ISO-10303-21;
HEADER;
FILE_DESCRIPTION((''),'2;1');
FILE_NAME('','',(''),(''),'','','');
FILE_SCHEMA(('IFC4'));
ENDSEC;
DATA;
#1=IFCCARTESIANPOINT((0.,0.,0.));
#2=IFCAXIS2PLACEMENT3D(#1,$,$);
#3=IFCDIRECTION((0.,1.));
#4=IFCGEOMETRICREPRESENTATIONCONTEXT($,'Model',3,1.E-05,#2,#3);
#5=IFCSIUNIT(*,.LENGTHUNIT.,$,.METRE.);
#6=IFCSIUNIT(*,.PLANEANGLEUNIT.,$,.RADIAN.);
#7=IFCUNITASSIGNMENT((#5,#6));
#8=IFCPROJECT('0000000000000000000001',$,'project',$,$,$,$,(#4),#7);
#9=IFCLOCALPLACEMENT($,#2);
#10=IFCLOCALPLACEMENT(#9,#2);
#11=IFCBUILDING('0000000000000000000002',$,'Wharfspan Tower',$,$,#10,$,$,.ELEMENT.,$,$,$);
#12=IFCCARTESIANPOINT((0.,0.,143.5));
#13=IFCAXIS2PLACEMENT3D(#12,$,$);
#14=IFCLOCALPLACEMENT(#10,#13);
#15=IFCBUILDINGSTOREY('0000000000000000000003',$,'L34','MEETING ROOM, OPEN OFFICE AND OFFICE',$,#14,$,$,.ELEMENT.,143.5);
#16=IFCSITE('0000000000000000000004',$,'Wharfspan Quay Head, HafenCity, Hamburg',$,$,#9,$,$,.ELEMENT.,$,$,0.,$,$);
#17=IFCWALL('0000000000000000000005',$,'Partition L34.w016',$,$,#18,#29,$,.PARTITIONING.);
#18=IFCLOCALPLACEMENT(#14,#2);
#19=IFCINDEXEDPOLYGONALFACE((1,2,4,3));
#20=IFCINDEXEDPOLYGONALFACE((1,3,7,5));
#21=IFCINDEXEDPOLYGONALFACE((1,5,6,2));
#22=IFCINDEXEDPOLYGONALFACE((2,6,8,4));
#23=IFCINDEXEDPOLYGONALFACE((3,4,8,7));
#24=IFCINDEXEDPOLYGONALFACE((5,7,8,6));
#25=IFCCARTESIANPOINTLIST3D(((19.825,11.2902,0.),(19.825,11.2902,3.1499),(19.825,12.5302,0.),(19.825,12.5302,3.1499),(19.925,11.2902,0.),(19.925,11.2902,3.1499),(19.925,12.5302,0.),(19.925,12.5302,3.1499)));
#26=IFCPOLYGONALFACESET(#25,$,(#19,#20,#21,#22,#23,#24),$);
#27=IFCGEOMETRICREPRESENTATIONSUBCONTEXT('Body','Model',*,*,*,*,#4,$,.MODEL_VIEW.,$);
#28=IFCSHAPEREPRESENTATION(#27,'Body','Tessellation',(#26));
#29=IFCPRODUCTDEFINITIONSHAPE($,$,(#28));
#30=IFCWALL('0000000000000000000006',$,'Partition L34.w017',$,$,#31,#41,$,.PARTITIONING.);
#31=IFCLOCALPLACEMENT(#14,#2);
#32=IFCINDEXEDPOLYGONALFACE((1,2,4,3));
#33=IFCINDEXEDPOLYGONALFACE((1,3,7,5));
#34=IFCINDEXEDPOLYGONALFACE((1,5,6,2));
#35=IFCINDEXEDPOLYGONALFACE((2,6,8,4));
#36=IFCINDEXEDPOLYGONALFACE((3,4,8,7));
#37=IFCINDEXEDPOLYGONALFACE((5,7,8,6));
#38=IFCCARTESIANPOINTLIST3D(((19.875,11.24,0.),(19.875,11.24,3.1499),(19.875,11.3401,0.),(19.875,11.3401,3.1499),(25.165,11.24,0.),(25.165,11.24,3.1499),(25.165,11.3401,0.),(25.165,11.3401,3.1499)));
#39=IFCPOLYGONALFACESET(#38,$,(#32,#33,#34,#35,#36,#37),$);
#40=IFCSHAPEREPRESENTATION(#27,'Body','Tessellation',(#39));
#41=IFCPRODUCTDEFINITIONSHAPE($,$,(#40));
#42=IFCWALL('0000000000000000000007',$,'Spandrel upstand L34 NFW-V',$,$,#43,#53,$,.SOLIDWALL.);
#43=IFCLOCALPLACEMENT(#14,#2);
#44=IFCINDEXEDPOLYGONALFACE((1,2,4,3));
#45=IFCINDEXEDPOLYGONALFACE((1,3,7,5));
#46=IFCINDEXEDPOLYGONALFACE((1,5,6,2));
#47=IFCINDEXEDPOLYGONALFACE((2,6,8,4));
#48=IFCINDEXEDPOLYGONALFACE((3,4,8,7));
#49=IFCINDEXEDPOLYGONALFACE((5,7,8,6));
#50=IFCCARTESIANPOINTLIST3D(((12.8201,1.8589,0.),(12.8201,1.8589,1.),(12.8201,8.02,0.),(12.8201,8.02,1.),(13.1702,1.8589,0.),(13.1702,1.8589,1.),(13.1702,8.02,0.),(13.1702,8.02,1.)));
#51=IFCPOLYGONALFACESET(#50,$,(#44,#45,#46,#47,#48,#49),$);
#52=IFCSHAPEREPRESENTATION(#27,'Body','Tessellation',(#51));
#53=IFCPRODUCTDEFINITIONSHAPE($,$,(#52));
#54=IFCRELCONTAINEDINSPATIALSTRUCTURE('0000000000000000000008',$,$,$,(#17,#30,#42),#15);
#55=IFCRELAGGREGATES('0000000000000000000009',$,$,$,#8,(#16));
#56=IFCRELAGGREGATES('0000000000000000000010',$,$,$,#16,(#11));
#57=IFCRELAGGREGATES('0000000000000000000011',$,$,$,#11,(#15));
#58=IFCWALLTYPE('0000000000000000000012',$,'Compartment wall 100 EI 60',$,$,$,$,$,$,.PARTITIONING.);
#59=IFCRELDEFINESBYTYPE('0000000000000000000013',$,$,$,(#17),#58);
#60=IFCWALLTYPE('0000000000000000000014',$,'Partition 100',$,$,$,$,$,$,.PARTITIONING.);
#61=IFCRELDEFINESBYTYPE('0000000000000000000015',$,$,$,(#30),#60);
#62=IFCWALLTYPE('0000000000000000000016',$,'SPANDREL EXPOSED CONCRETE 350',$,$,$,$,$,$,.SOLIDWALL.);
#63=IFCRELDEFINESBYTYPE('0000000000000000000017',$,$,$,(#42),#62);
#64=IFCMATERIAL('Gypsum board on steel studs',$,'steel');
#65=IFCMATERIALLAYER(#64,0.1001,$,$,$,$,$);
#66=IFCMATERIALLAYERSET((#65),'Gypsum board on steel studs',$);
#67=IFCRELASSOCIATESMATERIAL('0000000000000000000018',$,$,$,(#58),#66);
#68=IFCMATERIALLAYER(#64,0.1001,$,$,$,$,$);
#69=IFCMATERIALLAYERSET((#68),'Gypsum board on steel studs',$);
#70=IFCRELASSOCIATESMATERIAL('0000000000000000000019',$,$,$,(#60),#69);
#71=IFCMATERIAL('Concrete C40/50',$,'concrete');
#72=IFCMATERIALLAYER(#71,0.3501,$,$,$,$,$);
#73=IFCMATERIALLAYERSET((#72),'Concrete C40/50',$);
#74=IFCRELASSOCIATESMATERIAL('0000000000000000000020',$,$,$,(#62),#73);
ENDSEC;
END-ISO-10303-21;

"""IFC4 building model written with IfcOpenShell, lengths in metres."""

from ifc_helpers import new_model, si_unit, direction, frame, frame_2d, origin, place, context, subcontext, project, spatial, rectangle, extrude, material, layer, layer_set, type_object, element, save


model = new_model("IFC4")

# Units and contexts
model_context = context("Model", 3, precision=1e-05, world=origin(), true_north=direction((0.0, 1.0)))
body_context = subcontext(model_context, "Body", "Model", "MODEL_VIEW")
ifc_project = project(units=[si_unit("LENGTHUNIT", "METRE"), si_unit("PLANEANGLEUNIT", "RADIAN")], contexts=[model_context])

# Site, building, storey
site_placement = place(None, origin())
site = spatial("IfcSite", under=ifc_project, at=site_placement, Name="Wharfspan Quay Head, HafenCity, Hamburg", CompositionType="ELEMENT", RefElevation=0.0)
building_placement = place(site_placement, origin())
building = spatial("IfcBuilding", under=site, at=building_placement, Name="Wharfspan Tower", CompositionType="ELEMENT")
storey_placement = place(building_placement, frame((0.0, 0.0, 143.5)))
storey = spatial("IfcBuildingStorey", under=building, at=storey_placement, Name="L34", Description="MEETING ROOM, OPEN OFFICE AND OFFICE", CompositionType="ELEMENT", Elevation=143.5)

# Shared definitions
ifc_material_1 = material(Name="Gypsum board on steel studs", Category="steel")
ifc_layer_1 = layer(ifc_material_1, 0.1001)
ifc_layer_set_1 = layer_set([ifc_layer_1], Name="Gypsum board on steel studs")
wall_type_1 = type_object("IfcWallType", Name="Compartment wall 100 EI 60", PredefinedType="PARTITIONING", material=ifc_layer_set_1)

# Walls
wall_1_placement = place(storey_placement, frame((19.875, 11.29, 0.0), z_axis=(0.0, 0.0, 1.0), x_axis=(0.0, 1.0, 0.0)))
element("IfcWall", 1, at=wall_1_placement, inside=storey, type_object=wall_type_1, Name="Partition L34.w016", PredefinedType="PARTITIONING", context=body_context, shape_type="SweptSolid", body=[
    extrude(rectangle(XDim=1.24, YDim=0.1001, at=frame_2d((0.6201, 0.0))), origin(), (0.0, 0.0, 1.0), 3.1499),
])
ifc_layer_2 = layer(ifc_material_1, 0.1001)
ifc_layer_set_2 = layer_set([ifc_layer_2], Name="Gypsum board on steel studs")
wall_type_2 = type_object("IfcWallType", Name="Partition 100", PredefinedType="PARTITIONING", material=ifc_layer_set_2)
wall_2_placement = place(storey_placement, frame((19.875, 11.29, 0.0), z_axis=(0.0, 0.0, 1.0), x_axis=(1.0, 0.0, 0.0)))
element("IfcWall", 2, at=wall_2_placement, inside=storey, type_object=wall_type_2, Name="Partition L34.w017", PredefinedType="PARTITIONING", context=body_context, shape_type="SweptSolid", body=[
    extrude(rectangle(XDim=5.29, YDim=0.1001, at=frame_2d((2.645, 0.0))), origin(), (0.0, 0.0, 1.0), 3.1499),
])
ifc_material_2 = material(Name="Concrete C40/50", Category="concrete")
ifc_layer_3 = layer(ifc_material_2, 0.3501)
ifc_layer_set_3 = layer_set([ifc_layer_3], Name="Concrete C40/50")
wall_type_3 = type_object("IfcWallType", Name="SPANDREL EXPOSED CONCRETE 350", PredefinedType="SOLIDWALL", material=ifc_layer_set_3)
wall_3_placement = place(storey_placement, frame((12.9951, 8.02, 0.0), z_axis=(0.0, 0.0, 1.0), x_axis=(0.0, -1.0, 0.0)))
element("IfcWall", 3, at=wall_3_placement, inside=storey, type_object=wall_type_3, Name="Spandrel upstand L34 NFW-V", PredefinedType="SOLIDWALL", context=body_context, shape_type="SweptSolid", body=[
    extrude(rectangle(XDim=6.1611, YDim=0.3501, at=frame_2d((3.0806, 0.0))), origin(), (0.0, 0.0, 1.0), 1.0),
])

save(model, "model.ifc")
